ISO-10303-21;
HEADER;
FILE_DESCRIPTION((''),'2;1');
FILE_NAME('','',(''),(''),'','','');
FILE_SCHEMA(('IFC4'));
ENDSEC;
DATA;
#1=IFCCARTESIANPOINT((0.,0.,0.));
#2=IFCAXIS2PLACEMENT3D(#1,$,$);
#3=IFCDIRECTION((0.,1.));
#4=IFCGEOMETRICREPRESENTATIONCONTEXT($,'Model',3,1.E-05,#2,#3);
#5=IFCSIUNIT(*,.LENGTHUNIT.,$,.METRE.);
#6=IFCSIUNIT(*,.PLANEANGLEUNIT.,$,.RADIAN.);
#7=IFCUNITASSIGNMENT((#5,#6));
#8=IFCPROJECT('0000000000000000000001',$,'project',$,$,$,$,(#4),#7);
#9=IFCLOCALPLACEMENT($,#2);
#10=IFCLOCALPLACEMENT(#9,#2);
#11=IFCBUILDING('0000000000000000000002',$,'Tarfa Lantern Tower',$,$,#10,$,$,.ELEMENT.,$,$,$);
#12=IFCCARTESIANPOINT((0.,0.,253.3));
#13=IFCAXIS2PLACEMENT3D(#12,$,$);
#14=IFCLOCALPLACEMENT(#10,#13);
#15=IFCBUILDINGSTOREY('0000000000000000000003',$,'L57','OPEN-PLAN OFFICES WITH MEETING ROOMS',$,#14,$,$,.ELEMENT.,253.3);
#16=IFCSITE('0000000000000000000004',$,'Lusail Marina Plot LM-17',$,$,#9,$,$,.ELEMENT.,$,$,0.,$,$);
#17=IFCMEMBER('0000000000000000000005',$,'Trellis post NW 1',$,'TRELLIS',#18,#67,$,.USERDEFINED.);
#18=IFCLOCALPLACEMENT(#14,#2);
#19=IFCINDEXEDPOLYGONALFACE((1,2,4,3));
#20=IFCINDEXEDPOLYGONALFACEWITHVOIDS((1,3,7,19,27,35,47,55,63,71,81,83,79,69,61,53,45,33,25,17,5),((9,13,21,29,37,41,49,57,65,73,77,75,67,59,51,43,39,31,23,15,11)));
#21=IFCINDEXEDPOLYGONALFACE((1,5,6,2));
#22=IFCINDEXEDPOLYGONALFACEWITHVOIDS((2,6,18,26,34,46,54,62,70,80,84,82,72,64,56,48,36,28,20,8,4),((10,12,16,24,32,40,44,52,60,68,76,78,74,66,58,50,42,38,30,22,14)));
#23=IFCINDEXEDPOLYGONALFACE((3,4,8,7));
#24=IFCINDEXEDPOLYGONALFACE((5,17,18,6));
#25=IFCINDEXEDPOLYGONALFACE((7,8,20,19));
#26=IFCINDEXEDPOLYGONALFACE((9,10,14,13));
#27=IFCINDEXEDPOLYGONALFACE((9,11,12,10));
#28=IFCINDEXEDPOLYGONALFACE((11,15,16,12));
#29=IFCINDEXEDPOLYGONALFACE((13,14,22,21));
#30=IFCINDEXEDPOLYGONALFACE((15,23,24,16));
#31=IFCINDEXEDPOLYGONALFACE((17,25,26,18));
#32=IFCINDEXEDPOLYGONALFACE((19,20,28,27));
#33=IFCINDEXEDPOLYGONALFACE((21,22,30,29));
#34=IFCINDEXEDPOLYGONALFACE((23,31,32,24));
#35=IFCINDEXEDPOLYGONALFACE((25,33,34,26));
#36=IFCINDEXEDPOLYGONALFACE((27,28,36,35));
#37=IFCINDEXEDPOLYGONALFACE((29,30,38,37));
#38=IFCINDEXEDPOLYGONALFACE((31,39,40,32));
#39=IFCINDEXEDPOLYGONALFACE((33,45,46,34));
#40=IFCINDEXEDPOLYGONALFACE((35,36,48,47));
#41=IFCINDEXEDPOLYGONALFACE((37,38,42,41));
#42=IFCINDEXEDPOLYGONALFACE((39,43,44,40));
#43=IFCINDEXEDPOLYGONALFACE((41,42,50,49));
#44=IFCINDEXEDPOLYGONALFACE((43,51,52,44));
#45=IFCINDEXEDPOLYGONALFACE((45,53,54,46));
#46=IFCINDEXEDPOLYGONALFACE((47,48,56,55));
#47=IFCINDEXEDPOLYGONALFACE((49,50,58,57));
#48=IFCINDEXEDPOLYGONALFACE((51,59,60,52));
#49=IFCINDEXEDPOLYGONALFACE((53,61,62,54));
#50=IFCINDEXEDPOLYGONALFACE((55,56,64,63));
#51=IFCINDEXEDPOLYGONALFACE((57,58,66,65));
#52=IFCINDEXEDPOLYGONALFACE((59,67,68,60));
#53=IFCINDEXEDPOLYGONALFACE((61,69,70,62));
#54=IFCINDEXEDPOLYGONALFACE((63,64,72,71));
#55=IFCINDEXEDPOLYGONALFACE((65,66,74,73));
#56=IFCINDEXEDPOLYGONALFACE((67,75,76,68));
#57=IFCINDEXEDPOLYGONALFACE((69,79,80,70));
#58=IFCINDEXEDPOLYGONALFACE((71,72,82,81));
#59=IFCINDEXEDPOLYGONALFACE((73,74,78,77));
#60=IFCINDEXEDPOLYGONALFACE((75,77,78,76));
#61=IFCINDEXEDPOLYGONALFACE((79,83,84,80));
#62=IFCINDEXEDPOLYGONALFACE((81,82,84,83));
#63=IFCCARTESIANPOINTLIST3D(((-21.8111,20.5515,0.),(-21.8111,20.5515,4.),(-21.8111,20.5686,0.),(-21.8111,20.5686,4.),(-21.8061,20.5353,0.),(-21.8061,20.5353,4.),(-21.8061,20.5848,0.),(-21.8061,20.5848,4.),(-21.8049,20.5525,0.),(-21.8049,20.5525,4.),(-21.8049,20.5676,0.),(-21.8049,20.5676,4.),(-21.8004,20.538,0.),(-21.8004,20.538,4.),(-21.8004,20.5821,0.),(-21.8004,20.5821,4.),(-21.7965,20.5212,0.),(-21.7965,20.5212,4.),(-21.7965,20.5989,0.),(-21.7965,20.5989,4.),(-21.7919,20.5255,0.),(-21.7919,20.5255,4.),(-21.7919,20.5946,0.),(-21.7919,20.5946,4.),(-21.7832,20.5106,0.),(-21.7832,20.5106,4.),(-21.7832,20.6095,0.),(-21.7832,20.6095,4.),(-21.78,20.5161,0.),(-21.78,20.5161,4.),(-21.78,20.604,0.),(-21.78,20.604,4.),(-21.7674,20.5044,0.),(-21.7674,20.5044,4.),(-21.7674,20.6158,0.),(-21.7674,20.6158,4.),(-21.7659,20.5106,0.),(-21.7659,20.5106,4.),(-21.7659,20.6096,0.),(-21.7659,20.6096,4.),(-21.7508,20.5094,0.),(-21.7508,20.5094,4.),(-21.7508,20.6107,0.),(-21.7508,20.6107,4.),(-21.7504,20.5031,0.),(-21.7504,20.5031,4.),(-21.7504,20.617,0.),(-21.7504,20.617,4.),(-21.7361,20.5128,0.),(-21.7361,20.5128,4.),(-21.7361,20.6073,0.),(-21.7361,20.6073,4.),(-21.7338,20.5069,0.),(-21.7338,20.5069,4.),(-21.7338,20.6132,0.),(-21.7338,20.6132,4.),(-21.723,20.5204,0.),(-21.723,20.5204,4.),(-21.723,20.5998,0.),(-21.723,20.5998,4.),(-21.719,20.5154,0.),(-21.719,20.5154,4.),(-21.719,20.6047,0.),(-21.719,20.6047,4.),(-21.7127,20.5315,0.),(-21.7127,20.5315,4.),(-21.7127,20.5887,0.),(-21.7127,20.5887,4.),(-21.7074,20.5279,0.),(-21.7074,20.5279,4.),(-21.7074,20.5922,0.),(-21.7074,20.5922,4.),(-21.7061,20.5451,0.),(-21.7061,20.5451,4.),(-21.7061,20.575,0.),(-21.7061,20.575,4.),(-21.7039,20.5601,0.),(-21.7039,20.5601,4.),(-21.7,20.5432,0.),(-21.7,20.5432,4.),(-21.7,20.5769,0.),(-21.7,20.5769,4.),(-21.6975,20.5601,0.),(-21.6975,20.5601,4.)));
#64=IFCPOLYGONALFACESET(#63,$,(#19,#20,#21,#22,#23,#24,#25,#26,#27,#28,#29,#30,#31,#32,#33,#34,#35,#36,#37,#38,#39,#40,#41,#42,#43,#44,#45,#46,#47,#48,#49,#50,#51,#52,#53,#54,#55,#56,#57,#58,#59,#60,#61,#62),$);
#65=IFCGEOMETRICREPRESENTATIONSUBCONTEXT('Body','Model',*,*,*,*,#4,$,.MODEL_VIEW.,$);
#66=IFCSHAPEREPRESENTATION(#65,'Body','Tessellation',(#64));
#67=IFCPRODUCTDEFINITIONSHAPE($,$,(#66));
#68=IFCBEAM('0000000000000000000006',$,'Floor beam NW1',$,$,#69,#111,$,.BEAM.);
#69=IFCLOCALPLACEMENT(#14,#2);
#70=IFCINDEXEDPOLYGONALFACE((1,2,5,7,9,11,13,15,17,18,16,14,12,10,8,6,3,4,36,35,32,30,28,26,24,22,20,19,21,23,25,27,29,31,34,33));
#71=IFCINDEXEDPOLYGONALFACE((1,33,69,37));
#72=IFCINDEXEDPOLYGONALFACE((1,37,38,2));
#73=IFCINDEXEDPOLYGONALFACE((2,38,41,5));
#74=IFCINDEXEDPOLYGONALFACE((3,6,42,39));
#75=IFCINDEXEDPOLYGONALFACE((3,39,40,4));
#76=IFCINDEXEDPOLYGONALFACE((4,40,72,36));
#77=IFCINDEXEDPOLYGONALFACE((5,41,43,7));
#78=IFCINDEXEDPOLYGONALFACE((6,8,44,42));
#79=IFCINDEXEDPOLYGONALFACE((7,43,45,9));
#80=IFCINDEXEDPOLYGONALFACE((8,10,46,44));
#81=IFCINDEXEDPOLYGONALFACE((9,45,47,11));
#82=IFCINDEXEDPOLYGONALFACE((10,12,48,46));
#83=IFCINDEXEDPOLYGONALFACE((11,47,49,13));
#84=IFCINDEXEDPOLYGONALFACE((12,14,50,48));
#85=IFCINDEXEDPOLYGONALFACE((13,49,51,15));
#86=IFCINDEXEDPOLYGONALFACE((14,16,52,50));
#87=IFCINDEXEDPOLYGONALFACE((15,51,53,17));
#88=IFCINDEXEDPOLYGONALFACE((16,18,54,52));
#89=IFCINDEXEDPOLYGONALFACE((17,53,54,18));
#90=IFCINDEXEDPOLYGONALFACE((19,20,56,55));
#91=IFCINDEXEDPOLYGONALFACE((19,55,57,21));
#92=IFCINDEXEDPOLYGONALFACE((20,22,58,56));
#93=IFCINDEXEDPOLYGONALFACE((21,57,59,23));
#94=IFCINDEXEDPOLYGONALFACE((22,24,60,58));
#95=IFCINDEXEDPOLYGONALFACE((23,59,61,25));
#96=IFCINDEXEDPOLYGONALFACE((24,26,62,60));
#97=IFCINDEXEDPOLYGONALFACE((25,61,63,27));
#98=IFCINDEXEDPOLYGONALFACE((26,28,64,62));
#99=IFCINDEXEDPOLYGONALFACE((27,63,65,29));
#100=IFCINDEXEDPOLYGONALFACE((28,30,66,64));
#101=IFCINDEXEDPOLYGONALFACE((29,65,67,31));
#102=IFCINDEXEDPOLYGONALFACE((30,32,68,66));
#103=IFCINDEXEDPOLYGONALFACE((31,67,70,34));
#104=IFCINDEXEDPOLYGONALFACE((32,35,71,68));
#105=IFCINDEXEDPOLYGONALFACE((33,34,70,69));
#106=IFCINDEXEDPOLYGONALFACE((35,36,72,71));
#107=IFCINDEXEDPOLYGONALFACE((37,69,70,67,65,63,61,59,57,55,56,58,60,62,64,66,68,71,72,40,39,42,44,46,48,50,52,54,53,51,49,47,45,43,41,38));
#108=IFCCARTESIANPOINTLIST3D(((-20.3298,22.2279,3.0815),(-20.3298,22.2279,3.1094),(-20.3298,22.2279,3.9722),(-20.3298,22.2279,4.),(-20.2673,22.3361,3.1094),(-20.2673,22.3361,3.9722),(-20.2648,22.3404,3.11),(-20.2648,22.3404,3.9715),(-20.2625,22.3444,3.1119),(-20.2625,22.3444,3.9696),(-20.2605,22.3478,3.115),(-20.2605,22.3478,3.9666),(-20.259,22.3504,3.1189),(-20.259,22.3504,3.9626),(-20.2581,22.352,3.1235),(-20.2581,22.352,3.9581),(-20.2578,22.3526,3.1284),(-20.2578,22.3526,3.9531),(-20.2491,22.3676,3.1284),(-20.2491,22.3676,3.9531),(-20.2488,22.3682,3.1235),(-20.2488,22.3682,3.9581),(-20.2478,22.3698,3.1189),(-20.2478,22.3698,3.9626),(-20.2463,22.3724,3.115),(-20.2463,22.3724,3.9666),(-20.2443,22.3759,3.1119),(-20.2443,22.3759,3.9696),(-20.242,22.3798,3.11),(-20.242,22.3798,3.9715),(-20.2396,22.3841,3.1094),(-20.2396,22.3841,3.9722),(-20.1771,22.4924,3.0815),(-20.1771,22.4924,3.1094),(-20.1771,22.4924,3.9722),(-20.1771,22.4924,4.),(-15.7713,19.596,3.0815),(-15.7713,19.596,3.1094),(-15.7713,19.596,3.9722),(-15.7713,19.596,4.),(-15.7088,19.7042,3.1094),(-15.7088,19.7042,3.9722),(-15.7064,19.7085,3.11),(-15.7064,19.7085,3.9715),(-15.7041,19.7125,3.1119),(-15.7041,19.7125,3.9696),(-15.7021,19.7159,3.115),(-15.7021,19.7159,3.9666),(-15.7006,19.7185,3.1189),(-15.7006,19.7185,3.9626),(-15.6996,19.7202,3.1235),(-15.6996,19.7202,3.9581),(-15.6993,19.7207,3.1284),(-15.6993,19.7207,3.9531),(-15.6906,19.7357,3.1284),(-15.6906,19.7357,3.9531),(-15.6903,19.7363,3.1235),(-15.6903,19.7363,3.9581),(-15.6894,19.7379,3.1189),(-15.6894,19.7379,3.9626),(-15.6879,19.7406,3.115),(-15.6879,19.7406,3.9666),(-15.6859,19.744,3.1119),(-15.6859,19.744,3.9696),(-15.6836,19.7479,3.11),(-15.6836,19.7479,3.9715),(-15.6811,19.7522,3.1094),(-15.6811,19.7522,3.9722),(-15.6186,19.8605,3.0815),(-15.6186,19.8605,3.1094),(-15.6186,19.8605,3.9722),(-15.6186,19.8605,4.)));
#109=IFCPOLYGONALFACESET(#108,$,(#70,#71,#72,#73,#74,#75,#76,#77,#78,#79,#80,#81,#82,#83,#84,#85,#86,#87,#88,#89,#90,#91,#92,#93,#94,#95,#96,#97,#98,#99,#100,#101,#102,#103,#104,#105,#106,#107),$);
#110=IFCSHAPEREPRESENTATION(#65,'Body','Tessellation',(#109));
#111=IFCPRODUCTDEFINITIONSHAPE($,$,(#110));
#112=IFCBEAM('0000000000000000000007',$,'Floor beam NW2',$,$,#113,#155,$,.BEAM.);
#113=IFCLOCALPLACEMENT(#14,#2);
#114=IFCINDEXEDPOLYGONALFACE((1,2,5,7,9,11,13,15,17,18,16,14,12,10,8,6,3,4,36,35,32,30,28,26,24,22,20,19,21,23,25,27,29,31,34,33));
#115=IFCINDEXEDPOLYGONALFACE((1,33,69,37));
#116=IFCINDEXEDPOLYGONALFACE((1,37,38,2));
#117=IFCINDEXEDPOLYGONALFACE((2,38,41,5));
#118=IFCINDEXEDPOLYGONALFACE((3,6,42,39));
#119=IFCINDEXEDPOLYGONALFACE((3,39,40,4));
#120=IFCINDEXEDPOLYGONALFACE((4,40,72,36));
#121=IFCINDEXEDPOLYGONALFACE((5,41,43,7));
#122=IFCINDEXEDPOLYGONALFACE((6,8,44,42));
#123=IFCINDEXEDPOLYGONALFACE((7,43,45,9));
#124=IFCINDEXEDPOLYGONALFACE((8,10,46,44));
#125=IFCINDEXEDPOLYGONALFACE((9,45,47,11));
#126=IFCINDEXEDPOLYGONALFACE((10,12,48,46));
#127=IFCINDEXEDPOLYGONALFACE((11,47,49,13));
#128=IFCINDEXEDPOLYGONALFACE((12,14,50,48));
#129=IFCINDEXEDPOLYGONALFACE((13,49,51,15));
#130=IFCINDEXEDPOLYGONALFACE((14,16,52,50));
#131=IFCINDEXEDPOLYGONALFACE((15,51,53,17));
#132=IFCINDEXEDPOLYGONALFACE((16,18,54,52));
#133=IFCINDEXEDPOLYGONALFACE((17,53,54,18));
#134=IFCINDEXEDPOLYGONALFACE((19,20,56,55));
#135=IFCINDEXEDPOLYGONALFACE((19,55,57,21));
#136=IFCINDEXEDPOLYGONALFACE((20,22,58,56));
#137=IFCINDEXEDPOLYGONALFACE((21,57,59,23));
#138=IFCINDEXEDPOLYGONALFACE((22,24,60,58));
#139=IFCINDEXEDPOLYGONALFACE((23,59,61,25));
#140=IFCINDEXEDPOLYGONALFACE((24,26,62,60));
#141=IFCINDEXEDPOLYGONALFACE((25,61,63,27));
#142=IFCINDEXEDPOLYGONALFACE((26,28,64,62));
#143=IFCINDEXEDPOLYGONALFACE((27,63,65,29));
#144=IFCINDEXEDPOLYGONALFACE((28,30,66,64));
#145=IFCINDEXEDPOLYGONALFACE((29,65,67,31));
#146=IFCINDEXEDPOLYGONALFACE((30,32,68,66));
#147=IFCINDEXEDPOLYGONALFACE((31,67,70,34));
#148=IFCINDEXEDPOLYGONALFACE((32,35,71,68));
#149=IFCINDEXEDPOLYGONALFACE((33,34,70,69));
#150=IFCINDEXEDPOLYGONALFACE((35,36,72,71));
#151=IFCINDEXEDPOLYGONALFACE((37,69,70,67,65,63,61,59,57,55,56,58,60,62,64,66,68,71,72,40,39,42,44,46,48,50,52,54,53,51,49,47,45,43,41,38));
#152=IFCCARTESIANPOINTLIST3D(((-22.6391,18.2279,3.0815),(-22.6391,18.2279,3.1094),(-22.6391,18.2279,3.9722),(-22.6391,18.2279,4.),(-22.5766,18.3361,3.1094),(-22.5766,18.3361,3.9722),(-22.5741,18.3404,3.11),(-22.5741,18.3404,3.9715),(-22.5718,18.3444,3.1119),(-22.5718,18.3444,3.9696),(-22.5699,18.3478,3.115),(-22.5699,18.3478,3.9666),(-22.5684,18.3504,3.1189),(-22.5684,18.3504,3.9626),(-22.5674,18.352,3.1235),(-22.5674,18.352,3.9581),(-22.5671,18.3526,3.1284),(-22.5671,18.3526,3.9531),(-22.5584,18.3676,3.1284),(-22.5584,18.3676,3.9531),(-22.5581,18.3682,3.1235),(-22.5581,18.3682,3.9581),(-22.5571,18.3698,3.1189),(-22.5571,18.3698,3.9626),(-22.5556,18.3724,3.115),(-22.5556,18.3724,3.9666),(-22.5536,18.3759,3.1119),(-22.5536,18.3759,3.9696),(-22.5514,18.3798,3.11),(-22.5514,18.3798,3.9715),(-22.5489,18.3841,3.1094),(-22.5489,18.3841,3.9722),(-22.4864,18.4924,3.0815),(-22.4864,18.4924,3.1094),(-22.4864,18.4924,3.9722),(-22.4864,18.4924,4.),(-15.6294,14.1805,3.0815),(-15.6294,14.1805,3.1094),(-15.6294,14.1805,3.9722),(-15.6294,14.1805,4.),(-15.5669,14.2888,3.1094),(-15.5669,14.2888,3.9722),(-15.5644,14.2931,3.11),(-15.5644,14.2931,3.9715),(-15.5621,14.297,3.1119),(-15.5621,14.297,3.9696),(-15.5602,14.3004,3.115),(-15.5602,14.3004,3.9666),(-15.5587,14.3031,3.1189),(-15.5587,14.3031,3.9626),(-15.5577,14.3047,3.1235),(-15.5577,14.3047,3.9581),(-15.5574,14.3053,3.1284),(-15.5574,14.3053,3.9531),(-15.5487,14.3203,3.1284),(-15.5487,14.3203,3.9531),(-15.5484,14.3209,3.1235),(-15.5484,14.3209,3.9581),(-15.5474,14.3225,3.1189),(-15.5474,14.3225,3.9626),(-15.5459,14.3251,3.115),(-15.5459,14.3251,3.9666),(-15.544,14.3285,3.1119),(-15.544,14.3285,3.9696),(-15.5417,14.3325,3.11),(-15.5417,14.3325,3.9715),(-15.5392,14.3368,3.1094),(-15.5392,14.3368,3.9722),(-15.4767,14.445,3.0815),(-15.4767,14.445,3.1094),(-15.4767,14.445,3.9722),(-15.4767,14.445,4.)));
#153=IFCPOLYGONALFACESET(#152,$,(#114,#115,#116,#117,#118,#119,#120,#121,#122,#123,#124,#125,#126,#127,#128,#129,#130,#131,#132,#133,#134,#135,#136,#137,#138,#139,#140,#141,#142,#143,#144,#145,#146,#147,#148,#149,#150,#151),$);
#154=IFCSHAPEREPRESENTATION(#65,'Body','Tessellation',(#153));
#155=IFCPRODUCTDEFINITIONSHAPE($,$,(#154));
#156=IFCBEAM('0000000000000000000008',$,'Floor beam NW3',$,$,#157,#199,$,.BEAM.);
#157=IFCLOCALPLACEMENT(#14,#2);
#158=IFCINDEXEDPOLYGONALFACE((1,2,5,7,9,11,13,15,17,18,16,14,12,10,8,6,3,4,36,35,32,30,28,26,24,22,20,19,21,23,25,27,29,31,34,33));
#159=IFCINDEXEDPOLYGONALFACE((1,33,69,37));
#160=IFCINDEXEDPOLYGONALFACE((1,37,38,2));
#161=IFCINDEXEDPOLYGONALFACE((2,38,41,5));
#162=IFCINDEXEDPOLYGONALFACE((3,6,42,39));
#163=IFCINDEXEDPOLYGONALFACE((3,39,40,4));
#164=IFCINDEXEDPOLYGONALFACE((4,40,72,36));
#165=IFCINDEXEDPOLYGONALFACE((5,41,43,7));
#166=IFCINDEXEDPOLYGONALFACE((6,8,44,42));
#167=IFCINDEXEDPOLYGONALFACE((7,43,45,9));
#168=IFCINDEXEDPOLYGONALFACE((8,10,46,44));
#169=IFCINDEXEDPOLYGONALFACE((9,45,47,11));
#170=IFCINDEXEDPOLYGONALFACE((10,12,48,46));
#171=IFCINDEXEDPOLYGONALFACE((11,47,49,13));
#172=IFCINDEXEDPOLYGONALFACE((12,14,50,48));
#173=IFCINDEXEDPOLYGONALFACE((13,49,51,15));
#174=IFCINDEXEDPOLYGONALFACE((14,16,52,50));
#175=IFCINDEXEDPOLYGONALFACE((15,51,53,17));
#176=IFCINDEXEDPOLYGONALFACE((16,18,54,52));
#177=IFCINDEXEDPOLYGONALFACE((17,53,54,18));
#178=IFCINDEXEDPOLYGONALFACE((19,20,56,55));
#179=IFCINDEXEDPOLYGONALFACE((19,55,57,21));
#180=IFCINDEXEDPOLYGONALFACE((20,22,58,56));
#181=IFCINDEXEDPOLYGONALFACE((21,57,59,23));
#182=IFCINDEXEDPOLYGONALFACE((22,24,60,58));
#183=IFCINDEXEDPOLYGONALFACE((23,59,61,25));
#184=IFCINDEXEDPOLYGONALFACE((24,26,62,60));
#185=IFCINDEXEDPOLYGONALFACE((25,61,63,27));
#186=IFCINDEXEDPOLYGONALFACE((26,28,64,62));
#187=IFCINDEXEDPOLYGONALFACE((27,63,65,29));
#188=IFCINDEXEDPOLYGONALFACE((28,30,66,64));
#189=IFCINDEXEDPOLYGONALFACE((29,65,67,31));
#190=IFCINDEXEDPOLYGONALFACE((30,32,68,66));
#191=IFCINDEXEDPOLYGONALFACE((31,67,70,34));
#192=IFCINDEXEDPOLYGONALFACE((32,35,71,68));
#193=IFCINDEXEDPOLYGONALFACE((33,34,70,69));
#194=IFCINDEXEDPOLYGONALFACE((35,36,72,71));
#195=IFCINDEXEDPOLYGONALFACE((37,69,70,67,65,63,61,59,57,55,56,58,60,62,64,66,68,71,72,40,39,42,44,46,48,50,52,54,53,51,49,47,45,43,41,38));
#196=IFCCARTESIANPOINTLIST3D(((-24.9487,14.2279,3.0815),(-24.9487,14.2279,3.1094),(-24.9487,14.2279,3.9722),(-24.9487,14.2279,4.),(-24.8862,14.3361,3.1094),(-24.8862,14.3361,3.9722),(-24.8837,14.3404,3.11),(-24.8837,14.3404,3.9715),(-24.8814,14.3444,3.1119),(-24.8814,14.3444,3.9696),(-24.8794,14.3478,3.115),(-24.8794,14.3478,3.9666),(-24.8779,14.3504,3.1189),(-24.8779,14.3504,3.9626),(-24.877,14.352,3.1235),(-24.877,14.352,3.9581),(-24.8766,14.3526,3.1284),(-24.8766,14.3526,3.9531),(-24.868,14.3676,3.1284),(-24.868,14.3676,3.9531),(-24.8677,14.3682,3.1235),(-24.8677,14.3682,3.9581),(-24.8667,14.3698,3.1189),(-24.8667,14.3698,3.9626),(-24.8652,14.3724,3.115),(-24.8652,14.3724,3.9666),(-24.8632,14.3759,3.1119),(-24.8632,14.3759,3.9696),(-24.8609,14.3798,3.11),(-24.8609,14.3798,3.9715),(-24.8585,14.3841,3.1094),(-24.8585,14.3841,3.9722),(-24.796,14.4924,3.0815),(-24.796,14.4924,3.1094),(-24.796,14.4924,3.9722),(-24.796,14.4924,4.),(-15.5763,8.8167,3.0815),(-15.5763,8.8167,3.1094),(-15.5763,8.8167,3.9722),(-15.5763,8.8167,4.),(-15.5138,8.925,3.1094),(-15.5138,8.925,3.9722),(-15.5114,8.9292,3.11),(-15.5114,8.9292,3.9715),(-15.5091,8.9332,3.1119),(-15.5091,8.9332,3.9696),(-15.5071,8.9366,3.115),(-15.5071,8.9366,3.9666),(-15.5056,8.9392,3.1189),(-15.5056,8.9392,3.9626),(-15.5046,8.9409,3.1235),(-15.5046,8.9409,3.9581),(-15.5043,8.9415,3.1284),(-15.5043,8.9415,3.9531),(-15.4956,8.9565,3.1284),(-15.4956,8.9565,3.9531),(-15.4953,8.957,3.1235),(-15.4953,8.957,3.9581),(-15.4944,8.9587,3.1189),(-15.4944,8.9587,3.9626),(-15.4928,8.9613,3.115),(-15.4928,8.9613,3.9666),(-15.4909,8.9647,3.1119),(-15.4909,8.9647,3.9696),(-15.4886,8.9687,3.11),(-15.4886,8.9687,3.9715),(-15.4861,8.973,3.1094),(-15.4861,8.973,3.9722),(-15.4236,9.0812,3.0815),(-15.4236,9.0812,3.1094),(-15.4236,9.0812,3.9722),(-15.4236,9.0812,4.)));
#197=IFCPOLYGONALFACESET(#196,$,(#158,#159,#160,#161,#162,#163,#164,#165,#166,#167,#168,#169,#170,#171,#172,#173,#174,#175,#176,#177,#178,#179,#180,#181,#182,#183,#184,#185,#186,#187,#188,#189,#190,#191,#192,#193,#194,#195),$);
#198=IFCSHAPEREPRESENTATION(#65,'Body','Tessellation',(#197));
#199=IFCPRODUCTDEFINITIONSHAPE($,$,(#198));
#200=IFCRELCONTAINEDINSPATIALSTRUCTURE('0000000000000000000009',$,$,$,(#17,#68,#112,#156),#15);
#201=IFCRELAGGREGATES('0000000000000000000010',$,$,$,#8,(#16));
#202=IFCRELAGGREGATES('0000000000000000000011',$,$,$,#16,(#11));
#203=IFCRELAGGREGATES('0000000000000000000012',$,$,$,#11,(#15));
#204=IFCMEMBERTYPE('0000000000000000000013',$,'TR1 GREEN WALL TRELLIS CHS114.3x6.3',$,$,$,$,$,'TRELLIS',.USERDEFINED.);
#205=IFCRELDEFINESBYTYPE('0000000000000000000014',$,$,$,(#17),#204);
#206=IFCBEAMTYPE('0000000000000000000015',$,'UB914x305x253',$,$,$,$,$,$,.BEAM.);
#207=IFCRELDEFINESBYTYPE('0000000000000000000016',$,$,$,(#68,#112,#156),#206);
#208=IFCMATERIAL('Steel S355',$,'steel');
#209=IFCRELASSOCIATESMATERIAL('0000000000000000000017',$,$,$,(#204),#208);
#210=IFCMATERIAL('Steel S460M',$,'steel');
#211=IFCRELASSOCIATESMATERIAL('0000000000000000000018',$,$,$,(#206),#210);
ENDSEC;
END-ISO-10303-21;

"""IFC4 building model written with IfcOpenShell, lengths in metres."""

from ifc_helpers import new_model, si_unit, direction, frame, origin, origin_2d, place, context, subcontext, project, spatial, hollow_circle, i_section, extrude, material, material_profile, profile_set, type_object, element, save


model = new_model("IFC4")

# Units and contexts
model_context = context("Model", 3, precision=1e-05, world=origin(), true_north=direction((0.0, 1.0)))
body_context = subcontext(model_context, "Body", "Model", "MODEL_VIEW")
ifc_project = project(units=[si_unit("LENGTHUNIT", "METRE"), si_unit("PLANEANGLEUNIT", "RADIAN")], contexts=[model_context])

# Site, building, storey
site_placement = place(None, origin())
site = spatial("IfcSite", under=ifc_project, at=site_placement, Name="Lusail Marina Plot LM-17", CompositionType="ELEMENT", RefElevation=0.0)
building_placement = place(site_placement, origin())
building = spatial("IfcBuilding", under=site, at=building_placement, Name="Tarfa Lantern Tower", CompositionType="ELEMENT")
storey_placement = place(building_placement, frame((0.0, 0.0, 253.3)))
storey = spatial("IfcBuildingStorey", under=building, at=storey_placement, Name="L57", Description="OPEN-PLAN OFFICES WITH MEETING ROOMS", CompositionType="ELEMENT", Elevation=253.3)

# Member
ifc_material_1 = material(Name="Steel S355", Category="steel")
ifc_material_profile_1 = material_profile(ifc_material_1, hollow_circle(Radius=0.0571, WallThickness=0.0063, at=origin_2d()), Name="CHS114.3x6.3")
ifc_profile_set_1 = profile_set([ifc_material_profile_1], Name="Steel S355")
member_type_1 = type_object("IfcMemberType", Name="TR1 GREEN WALL TRELLIS CHS114.3x6.3", ElementType="TRELLIS", PredefinedType="USERDEFINED", material=ifc_profile_set_1)
member_1_placement = place(storey_placement, frame((-21.7546, 20.5601, 0.0), z_axis=(0.0, 0.0, 1.0), x_axis=(1.0, 0.0, 0.0)))
element("IfcMember", 1, at=member_1_placement, inside=storey, type_object=member_type_1, Name="Trellis post NW 1", ObjectType="TRELLIS", PredefinedType="USERDEFINED", context=body_context, shape_type="SweptSolid", body=[
    extrude(hollow_circle(Radius=0.0571, WallThickness=0.0063, at=origin_2d()), origin(), (0.0, 0.0, 1.0), 4.0),
])

# Beams
ifc_material_2 = material(Name="Steel S460M", Category="steel")
ifc_material_profile_2 = material_profile(ifc_material_2, i_section(OverallWidth=0.3054, OverallDepth=0.9185, WebThickness=0.0173, FlangeThickness=0.0278, FilletRadius=0.019, at=origin_2d()), Name="UB914x305x253")
ifc_profile_set_2 = profile_set([ifc_material_profile_2], Name="Steel S460M")
beam_type_1 = type_object("IfcBeamType", Name="UB914x305x253", PredefinedType="BEAM", material=ifc_profile_set_2)
beam_1_placement = place(storey_placement, frame((-20.2534, 22.3601, 3.5408), z_axis=(0.86602, -0.50001, 0.0), x_axis=(0.50001, 0.86602, 0.0)))
element("IfcBeam", 2, at=beam_1_placement, inside=storey, type_object=beam_type_1, Name="Floor beam NW1", PredefinedType="BEAM", context=body_context, shape_type="SweptSolid", body=[
    extrude(i_section(OverallWidth=0.3054, OverallDepth=0.9185, WebThickness=0.0173, FlangeThickness=0.0278, FilletRadius=0.019, at=origin_2d()), origin(), (0.0, 0.0, 1.0), 5.2637),
])
beam_2_placement = place(storey_placement, frame((-22.5627, 18.3601, 3.5408), z_axis=(0.866011, -0.500025, 0.0), x_axis=(0.500025, 0.866011, 0.0)))
element("IfcBeam", 3, at=beam_2_placement, inside=storey, type_object=beam_type_1, Name="Floor beam NW2", PredefinedType="BEAM", context=body_context, shape_type="SweptSolid", body=[
    extrude(i_section(OverallWidth=0.3054, OverallDepth=0.9185, WebThickness=0.0173, FlangeThickness=0.0278, FilletRadius=0.019, at=origin_2d()), origin(), (0.0, 0.0, 1.0), 8.0942),
])
beam_3_placement = place(storey_placement, frame((-24.8723, 14.3601, 3.5408), z_axis=(0.866024, -0.500002, 0.0), x_axis=(0.500002, 0.866024, 0.0)))
element("IfcBeam", 4, at=beam_3_placement, inside=storey, type_object=beam_type_1, Name="Floor beam NW3", PredefinedType="BEAM", context=body_context, shape_type="SweptSolid", body=[
    extrude(i_section(OverallWidth=0.3054, OverallDepth=0.9185, WebThickness=0.0173, FlangeThickness=0.0278, FilletRadius=0.019, at=origin_2d()), origin(), (0.0, 0.0, 1.0), 10.8223),
])

save(model, "model.ifc")
